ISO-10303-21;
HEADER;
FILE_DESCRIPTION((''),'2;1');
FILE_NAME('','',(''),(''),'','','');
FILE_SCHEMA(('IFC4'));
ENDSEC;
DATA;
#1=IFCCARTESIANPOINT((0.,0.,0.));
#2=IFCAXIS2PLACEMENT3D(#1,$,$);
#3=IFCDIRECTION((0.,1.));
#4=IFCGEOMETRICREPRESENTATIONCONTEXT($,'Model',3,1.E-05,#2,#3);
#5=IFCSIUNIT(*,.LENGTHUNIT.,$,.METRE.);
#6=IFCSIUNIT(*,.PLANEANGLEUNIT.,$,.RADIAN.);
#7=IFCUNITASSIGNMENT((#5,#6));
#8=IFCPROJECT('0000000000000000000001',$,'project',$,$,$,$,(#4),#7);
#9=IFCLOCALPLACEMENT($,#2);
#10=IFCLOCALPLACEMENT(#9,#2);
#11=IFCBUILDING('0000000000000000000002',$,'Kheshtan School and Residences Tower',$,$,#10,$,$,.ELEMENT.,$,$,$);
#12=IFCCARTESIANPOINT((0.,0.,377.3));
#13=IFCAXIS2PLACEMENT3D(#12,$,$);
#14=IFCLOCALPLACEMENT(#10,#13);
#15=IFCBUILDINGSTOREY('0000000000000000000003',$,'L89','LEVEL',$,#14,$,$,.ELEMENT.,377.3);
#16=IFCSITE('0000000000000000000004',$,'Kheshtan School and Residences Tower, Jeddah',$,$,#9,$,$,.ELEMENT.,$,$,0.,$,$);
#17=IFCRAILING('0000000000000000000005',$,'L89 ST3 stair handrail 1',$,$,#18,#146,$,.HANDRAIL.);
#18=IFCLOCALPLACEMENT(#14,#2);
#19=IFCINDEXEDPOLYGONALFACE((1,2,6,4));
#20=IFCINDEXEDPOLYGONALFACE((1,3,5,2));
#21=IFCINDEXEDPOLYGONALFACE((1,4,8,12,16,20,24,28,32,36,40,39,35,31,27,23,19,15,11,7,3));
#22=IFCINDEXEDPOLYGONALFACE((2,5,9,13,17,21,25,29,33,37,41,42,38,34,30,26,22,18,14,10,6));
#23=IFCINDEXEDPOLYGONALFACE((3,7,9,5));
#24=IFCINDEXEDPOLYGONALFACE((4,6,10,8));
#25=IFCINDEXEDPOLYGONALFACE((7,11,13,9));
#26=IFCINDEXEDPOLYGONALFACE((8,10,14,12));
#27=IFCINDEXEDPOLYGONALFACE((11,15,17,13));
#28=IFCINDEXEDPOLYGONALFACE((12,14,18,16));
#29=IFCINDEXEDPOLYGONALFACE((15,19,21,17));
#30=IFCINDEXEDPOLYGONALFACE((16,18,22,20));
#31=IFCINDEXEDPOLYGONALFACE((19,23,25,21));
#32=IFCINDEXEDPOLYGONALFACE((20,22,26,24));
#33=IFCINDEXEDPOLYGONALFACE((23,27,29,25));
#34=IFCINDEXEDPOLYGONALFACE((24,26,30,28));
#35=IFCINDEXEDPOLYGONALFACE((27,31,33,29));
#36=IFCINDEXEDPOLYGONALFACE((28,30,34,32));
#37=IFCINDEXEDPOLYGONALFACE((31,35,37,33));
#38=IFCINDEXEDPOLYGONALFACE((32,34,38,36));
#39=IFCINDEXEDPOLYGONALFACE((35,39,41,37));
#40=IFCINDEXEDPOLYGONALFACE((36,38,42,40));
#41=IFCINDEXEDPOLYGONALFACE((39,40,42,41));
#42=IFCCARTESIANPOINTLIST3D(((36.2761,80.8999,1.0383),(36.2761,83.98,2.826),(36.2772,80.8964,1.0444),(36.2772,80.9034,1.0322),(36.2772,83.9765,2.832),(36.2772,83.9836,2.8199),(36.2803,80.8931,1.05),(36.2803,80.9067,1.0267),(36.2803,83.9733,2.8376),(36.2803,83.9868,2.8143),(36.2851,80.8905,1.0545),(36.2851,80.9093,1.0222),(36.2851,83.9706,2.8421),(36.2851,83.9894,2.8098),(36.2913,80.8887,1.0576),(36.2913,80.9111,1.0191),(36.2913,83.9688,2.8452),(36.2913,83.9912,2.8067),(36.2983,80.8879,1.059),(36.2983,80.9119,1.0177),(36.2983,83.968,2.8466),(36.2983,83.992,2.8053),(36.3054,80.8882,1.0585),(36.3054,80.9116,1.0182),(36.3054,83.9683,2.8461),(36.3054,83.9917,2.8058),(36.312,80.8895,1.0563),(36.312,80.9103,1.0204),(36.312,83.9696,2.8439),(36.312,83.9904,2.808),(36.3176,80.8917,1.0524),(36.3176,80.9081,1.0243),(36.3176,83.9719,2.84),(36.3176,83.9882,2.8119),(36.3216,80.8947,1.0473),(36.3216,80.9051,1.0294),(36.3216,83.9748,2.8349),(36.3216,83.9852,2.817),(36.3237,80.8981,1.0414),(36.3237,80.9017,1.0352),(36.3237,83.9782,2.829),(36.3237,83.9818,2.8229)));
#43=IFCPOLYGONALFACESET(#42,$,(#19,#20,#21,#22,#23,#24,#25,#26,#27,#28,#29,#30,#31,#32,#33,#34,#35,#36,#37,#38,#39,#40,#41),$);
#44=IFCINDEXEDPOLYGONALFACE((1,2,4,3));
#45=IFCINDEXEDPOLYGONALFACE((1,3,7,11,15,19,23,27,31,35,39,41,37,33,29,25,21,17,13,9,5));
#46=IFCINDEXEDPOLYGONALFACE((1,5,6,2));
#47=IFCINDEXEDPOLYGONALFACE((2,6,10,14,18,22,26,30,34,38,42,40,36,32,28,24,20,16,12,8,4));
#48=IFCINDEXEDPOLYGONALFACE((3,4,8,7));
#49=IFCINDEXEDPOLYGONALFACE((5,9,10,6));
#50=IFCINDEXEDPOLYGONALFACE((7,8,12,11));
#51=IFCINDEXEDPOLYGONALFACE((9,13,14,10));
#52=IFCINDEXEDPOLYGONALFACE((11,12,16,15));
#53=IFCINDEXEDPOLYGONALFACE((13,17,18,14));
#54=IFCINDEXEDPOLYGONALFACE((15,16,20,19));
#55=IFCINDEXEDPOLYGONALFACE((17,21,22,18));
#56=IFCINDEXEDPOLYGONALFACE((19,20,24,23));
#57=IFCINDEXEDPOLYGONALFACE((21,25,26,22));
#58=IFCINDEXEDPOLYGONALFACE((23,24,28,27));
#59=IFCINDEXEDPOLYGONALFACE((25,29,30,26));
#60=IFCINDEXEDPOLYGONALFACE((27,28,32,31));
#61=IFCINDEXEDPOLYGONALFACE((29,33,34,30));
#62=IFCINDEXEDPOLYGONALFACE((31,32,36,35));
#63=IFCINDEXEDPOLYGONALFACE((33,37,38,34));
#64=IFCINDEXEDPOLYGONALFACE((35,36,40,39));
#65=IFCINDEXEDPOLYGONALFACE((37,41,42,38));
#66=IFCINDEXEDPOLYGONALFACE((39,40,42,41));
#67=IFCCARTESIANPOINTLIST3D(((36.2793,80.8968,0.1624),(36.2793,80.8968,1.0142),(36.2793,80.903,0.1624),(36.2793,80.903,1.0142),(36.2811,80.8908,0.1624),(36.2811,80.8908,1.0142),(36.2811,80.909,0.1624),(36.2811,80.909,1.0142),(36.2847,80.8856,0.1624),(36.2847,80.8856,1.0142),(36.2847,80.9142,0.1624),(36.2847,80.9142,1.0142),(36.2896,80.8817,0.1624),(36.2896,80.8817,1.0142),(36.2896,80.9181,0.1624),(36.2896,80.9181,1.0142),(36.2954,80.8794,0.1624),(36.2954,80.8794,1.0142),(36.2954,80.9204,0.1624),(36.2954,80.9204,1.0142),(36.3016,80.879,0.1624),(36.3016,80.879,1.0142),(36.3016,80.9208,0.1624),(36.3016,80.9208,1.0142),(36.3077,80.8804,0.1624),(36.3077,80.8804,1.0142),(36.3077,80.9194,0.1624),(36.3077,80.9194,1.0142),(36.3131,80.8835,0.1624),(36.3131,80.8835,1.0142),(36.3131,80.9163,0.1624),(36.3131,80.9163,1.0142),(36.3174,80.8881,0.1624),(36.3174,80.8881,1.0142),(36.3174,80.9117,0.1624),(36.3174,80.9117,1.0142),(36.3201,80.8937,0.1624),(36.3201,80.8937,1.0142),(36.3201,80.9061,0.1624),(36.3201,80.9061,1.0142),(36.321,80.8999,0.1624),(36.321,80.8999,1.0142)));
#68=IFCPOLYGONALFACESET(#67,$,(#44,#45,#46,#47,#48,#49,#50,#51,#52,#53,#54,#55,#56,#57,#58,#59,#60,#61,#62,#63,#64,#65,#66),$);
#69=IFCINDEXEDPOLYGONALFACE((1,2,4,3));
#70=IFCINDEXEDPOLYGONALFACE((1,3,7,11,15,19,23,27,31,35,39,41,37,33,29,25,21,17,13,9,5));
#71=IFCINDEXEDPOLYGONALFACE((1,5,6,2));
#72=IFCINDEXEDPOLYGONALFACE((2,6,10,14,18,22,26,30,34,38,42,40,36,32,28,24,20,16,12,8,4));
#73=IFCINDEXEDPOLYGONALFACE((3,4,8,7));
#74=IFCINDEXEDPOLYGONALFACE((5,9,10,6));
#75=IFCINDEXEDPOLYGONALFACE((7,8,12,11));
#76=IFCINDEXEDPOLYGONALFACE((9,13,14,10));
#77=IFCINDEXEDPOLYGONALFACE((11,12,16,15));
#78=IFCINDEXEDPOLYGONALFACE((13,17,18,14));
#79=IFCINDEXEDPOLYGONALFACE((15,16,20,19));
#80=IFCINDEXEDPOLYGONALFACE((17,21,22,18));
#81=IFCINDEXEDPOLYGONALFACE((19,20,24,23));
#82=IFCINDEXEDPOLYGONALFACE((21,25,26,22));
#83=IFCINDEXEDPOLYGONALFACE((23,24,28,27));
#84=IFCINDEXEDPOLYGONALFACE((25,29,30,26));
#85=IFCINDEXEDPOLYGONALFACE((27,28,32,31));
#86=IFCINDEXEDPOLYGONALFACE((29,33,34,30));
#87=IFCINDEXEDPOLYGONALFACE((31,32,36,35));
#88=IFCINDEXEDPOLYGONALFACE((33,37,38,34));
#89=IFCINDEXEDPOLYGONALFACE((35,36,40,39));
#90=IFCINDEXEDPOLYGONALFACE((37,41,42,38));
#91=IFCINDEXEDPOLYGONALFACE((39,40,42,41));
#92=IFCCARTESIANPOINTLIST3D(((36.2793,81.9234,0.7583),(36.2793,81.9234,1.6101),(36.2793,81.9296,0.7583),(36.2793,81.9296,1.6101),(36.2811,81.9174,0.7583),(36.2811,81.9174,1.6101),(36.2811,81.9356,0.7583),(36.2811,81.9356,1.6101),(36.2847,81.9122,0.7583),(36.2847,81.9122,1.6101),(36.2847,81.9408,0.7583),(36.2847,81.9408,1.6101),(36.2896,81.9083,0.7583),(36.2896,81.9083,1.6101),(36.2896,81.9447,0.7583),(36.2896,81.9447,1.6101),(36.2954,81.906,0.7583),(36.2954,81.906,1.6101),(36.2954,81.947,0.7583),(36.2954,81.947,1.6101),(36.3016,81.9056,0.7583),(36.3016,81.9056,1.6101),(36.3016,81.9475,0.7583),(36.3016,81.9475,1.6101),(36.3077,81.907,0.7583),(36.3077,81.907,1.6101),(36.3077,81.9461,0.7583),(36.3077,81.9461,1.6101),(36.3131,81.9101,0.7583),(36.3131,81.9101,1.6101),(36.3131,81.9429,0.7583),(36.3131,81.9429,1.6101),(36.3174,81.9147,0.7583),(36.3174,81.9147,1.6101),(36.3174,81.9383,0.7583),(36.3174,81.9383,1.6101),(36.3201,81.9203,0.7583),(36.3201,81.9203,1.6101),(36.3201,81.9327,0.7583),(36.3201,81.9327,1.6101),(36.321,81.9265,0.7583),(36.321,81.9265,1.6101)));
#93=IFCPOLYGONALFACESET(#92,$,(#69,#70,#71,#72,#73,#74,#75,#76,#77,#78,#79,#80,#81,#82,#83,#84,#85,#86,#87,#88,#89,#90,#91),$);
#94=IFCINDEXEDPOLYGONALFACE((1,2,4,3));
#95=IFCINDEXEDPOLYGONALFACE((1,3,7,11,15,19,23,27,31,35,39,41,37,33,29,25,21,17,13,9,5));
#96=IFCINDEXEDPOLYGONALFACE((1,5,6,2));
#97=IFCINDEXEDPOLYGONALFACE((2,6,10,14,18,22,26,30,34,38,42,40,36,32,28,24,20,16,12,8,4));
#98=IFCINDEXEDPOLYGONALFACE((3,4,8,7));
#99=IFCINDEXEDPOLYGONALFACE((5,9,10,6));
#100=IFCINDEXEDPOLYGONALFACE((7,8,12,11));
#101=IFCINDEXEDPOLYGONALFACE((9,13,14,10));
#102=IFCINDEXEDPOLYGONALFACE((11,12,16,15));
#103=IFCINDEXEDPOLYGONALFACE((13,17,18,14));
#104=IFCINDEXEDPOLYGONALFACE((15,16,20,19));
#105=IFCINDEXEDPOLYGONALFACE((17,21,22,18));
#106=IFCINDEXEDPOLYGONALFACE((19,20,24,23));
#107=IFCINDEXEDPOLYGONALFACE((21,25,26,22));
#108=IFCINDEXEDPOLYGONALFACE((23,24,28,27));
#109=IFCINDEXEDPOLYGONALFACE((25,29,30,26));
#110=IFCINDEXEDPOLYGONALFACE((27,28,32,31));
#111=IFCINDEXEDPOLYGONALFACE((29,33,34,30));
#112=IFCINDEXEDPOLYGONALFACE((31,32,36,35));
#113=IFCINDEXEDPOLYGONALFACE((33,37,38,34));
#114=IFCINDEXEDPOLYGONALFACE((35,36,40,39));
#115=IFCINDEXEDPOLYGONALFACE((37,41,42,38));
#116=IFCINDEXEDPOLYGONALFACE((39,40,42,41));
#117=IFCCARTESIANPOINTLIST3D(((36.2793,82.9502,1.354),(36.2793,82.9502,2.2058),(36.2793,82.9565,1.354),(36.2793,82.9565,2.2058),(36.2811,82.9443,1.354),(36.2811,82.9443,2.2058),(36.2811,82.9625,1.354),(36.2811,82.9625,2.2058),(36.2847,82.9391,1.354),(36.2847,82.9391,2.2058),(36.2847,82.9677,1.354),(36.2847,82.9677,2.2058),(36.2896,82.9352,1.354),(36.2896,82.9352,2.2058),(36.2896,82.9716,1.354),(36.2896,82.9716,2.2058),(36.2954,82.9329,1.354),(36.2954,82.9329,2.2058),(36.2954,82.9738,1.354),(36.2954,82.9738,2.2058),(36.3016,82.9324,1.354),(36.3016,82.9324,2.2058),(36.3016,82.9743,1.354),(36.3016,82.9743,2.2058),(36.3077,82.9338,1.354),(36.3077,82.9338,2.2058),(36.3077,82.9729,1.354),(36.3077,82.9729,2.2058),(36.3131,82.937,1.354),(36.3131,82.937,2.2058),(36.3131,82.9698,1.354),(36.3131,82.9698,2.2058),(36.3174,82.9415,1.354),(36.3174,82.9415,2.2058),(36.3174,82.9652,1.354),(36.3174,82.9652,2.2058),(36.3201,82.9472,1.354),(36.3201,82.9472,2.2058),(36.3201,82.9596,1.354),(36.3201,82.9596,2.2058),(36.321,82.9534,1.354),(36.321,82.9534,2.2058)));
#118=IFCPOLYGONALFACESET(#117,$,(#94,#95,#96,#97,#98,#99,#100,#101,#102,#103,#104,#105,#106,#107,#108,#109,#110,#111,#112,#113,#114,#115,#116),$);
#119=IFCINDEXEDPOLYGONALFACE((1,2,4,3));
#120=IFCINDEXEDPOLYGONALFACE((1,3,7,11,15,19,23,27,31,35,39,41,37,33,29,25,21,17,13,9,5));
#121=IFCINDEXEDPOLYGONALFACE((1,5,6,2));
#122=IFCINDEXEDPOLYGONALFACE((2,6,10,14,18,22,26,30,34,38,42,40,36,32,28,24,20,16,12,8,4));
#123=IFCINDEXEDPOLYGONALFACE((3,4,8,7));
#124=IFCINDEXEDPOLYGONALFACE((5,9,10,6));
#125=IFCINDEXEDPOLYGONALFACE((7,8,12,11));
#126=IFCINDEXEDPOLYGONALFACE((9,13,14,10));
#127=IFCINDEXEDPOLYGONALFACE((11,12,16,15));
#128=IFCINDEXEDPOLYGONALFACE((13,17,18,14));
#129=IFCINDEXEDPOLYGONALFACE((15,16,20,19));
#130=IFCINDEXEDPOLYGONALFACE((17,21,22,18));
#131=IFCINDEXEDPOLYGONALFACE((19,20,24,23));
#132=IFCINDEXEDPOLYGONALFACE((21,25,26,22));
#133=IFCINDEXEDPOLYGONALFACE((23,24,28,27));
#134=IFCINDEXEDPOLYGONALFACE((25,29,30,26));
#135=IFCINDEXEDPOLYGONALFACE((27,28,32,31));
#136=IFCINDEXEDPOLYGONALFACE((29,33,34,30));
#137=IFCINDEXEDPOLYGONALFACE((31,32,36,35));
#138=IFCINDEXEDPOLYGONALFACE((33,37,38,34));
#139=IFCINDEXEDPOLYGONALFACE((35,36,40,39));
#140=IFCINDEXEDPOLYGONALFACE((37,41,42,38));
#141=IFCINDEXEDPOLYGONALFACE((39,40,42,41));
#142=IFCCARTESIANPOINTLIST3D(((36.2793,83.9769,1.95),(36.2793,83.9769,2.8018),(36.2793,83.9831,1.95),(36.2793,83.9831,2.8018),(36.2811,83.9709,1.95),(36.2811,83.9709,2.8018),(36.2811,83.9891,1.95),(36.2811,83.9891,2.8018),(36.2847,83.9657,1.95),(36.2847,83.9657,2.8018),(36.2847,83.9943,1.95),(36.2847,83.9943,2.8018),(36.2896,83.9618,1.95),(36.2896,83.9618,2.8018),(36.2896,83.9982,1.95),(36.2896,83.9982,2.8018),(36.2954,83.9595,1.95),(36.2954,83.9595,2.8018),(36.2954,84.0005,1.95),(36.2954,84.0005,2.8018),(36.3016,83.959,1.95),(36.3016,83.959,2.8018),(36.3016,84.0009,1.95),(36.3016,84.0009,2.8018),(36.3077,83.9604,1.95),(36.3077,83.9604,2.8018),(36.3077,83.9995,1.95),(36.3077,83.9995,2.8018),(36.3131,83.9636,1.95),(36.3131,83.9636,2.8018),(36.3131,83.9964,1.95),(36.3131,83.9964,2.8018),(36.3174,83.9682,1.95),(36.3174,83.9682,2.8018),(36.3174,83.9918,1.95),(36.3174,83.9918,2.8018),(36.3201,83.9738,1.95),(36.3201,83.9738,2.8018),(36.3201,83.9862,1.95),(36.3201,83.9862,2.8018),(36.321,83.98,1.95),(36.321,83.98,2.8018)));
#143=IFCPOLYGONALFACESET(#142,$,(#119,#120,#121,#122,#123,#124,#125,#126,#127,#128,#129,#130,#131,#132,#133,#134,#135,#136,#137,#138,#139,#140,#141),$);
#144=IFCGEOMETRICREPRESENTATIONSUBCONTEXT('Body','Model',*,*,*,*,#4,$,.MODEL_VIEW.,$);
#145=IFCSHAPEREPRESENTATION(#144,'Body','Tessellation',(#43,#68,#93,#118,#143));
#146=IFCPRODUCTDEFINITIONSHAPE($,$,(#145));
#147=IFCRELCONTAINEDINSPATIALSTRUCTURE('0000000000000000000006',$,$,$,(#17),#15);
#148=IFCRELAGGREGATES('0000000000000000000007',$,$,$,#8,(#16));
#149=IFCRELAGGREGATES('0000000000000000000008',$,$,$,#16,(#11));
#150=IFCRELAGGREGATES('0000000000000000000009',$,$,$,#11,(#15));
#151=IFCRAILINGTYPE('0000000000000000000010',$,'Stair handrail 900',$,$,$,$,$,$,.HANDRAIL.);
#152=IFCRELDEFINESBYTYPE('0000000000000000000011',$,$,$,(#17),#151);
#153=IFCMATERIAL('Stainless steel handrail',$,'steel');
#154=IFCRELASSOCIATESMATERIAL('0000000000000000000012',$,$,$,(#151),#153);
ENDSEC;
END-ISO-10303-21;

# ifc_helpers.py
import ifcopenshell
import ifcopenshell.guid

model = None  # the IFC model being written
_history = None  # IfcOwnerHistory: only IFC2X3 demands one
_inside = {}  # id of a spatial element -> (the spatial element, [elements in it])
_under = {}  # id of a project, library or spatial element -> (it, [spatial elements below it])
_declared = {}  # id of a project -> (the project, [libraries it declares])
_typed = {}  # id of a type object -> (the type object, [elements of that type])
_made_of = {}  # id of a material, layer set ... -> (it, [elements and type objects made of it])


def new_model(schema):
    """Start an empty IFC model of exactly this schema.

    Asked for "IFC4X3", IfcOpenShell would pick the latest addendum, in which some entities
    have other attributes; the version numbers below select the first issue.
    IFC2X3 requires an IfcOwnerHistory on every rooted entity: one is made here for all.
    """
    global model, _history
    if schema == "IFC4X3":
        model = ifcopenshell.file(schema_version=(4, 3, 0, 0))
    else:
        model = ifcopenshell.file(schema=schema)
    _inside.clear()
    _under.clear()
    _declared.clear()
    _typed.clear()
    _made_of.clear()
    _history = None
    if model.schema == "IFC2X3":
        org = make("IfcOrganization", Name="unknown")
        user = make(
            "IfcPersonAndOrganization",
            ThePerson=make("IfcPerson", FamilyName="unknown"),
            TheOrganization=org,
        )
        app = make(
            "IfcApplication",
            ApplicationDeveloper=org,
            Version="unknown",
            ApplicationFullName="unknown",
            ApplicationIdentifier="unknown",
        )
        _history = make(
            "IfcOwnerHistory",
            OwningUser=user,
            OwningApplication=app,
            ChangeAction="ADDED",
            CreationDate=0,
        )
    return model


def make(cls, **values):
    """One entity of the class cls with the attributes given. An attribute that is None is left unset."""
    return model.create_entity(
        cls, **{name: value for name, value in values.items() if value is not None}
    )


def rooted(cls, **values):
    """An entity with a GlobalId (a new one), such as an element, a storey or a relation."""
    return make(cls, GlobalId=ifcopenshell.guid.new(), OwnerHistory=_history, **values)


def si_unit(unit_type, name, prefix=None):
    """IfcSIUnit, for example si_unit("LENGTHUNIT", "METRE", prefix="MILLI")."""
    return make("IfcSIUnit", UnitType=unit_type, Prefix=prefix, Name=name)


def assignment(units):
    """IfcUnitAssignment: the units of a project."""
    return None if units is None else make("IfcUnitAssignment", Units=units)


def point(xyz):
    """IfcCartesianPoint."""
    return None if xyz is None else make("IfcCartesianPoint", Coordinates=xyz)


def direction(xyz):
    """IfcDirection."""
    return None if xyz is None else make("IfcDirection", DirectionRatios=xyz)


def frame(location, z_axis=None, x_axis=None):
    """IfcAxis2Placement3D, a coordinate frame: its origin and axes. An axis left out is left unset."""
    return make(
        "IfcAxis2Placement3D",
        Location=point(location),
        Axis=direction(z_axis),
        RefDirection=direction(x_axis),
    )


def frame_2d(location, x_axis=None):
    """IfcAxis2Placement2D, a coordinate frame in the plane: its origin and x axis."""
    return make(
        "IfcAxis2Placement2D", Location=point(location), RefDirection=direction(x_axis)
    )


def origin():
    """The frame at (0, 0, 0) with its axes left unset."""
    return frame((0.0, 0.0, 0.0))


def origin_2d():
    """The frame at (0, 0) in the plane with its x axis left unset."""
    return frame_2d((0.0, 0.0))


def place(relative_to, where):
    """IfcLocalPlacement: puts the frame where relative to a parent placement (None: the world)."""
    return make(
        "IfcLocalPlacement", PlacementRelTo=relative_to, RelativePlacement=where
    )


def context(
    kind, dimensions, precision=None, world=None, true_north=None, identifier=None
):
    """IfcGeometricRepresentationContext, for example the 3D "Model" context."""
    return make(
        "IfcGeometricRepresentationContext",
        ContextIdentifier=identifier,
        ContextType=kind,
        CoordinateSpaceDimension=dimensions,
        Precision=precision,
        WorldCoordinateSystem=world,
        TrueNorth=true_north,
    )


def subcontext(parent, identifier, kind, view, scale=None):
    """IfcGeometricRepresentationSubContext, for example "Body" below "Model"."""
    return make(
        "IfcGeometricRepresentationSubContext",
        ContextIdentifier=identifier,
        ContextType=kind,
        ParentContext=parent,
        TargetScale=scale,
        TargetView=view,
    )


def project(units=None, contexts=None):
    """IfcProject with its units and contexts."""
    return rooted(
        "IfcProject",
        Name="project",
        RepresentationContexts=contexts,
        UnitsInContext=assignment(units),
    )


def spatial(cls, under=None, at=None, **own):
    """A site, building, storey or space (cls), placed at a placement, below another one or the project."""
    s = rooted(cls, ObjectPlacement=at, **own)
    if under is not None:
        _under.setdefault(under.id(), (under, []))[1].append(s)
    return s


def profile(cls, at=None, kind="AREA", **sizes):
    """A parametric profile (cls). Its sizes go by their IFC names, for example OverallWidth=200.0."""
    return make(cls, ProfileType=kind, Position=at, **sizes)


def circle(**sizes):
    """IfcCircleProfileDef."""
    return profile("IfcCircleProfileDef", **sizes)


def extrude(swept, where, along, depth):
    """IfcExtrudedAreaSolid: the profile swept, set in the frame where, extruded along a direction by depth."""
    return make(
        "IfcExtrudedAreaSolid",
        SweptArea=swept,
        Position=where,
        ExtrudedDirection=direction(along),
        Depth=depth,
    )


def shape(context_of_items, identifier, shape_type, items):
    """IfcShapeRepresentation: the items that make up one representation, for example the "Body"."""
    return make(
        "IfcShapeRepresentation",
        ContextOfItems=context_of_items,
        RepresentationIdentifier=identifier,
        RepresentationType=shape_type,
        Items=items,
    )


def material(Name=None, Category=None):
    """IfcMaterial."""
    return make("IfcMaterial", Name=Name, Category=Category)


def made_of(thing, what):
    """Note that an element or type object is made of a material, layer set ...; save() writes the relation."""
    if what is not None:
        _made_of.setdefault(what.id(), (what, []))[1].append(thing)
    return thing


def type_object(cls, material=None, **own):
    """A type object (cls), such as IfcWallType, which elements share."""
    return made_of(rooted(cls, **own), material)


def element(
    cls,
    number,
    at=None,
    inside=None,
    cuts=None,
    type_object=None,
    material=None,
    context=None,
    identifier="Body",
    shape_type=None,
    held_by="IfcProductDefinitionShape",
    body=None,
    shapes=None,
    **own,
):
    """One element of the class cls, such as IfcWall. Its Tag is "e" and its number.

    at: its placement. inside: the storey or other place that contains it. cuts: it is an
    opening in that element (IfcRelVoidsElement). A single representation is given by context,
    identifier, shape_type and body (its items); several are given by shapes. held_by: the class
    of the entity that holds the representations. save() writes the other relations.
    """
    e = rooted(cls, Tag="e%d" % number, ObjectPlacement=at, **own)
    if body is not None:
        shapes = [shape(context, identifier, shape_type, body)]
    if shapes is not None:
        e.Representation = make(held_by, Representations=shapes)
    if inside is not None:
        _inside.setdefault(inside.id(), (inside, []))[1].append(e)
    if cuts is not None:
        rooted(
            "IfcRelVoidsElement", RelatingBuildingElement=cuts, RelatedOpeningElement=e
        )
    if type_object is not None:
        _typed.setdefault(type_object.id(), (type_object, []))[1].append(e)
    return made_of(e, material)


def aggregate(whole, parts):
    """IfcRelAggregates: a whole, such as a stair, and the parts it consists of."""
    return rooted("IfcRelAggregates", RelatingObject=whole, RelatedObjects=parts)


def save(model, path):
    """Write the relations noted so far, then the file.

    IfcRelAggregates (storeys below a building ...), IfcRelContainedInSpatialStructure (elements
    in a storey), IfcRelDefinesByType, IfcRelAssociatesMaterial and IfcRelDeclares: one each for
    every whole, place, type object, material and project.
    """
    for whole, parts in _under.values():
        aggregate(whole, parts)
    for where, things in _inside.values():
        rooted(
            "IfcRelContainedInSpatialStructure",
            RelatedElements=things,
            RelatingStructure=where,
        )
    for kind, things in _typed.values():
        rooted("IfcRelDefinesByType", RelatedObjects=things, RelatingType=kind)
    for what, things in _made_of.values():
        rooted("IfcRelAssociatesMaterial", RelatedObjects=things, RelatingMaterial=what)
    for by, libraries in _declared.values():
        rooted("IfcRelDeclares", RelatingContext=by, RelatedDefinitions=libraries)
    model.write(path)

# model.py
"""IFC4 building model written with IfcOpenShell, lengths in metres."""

from ifc_helpers import new_model, si_unit, direction, frame, origin, origin_2d, place, context, subcontext, project, spatial, circle, extrude, material, type_object, element, save


model = new_model("IFC4")

# Units and contexts
model_context = context("Model", 3, precision=1e-05, world=origin(), true_north=direction((0.0, 1.0)))
body_context = subcontext(model_context, "Body", "Model", "MODEL_VIEW")
ifc_project = project(units=[si_unit("LENGTHUNIT", "METRE"), si_unit("PLANEANGLEUNIT", "RADIAN")], contexts=[model_context])

# Site, building, storey
site_placement = place(None, origin())
site = spatial("IfcSite", under=ifc_project, at=site_placement, Name="Kheshtan School and Residences Tower, Jeddah", CompositionType="ELEMENT", RefElevation=0.0)
building_placement = place(site_placement, origin())
building = spatial("IfcBuilding", under=site, at=building_placement, Name="Kheshtan School and Residences Tower", CompositionType="ELEMENT")
storey_placement = place(building_placement, frame((0.0, 0.0, 377.3)))
storey = spatial("IfcBuildingStorey", under=building, at=storey_placement, Name="L89", Description="LEVEL", CompositionType="ELEMENT", Elevation=377.3)

# Railing
ifc_material_1 = material(Name="Stainless steel handrail", Category="steel")
railing_type_1 = type_object("IfcRailingType", Name="Stair handrail 900", PredefinedType="HANDRAIL", material=ifc_material_1)
railing_1_placement = place(storey_placement, frame((36.3, 80.8999, 0.1624)))
element("IfcRailing", 1, at=railing_1_placement, inside=storey, type_object=railing_type_1, Name="L89 ST3 stair handrail 1", PredefinedType="HANDRAIL", context=body_context, shape_type="SweptSolid", body=[
    extrude(circle(Radius=0.0239, at=origin_2d()), frame((0.0, 0.0, 0.876), z_axis=(0.0, 0.864891, 0.50196), x_axis=(-1.0, 0.0, 0.0)), (0.0, 0.0, 1.0), 3.5613),
    extrude(circle(Radius=0.021, at=origin_2d()), origin(), (0.0, 0.0, 1.0), 0.8518),
    extrude(circle(Radius=0.021, at=origin_2d()), frame((0.0, 1.0266, 0.5959)), (0.0, 0.0, 1.0), 0.8518),
    extrude(circle(Radius=0.021, at=origin_2d()), frame((0.0, 2.0535, 1.1917)), (0.0, 0.0, 1.0), 0.8518),
    extrude(circle(Radius=0.021, at=origin_2d()), frame((0.0, 3.0801, 1.7876)), (0.0, 0.0, 1.0), 0.8518),
])

save(model, "model.ifc")
